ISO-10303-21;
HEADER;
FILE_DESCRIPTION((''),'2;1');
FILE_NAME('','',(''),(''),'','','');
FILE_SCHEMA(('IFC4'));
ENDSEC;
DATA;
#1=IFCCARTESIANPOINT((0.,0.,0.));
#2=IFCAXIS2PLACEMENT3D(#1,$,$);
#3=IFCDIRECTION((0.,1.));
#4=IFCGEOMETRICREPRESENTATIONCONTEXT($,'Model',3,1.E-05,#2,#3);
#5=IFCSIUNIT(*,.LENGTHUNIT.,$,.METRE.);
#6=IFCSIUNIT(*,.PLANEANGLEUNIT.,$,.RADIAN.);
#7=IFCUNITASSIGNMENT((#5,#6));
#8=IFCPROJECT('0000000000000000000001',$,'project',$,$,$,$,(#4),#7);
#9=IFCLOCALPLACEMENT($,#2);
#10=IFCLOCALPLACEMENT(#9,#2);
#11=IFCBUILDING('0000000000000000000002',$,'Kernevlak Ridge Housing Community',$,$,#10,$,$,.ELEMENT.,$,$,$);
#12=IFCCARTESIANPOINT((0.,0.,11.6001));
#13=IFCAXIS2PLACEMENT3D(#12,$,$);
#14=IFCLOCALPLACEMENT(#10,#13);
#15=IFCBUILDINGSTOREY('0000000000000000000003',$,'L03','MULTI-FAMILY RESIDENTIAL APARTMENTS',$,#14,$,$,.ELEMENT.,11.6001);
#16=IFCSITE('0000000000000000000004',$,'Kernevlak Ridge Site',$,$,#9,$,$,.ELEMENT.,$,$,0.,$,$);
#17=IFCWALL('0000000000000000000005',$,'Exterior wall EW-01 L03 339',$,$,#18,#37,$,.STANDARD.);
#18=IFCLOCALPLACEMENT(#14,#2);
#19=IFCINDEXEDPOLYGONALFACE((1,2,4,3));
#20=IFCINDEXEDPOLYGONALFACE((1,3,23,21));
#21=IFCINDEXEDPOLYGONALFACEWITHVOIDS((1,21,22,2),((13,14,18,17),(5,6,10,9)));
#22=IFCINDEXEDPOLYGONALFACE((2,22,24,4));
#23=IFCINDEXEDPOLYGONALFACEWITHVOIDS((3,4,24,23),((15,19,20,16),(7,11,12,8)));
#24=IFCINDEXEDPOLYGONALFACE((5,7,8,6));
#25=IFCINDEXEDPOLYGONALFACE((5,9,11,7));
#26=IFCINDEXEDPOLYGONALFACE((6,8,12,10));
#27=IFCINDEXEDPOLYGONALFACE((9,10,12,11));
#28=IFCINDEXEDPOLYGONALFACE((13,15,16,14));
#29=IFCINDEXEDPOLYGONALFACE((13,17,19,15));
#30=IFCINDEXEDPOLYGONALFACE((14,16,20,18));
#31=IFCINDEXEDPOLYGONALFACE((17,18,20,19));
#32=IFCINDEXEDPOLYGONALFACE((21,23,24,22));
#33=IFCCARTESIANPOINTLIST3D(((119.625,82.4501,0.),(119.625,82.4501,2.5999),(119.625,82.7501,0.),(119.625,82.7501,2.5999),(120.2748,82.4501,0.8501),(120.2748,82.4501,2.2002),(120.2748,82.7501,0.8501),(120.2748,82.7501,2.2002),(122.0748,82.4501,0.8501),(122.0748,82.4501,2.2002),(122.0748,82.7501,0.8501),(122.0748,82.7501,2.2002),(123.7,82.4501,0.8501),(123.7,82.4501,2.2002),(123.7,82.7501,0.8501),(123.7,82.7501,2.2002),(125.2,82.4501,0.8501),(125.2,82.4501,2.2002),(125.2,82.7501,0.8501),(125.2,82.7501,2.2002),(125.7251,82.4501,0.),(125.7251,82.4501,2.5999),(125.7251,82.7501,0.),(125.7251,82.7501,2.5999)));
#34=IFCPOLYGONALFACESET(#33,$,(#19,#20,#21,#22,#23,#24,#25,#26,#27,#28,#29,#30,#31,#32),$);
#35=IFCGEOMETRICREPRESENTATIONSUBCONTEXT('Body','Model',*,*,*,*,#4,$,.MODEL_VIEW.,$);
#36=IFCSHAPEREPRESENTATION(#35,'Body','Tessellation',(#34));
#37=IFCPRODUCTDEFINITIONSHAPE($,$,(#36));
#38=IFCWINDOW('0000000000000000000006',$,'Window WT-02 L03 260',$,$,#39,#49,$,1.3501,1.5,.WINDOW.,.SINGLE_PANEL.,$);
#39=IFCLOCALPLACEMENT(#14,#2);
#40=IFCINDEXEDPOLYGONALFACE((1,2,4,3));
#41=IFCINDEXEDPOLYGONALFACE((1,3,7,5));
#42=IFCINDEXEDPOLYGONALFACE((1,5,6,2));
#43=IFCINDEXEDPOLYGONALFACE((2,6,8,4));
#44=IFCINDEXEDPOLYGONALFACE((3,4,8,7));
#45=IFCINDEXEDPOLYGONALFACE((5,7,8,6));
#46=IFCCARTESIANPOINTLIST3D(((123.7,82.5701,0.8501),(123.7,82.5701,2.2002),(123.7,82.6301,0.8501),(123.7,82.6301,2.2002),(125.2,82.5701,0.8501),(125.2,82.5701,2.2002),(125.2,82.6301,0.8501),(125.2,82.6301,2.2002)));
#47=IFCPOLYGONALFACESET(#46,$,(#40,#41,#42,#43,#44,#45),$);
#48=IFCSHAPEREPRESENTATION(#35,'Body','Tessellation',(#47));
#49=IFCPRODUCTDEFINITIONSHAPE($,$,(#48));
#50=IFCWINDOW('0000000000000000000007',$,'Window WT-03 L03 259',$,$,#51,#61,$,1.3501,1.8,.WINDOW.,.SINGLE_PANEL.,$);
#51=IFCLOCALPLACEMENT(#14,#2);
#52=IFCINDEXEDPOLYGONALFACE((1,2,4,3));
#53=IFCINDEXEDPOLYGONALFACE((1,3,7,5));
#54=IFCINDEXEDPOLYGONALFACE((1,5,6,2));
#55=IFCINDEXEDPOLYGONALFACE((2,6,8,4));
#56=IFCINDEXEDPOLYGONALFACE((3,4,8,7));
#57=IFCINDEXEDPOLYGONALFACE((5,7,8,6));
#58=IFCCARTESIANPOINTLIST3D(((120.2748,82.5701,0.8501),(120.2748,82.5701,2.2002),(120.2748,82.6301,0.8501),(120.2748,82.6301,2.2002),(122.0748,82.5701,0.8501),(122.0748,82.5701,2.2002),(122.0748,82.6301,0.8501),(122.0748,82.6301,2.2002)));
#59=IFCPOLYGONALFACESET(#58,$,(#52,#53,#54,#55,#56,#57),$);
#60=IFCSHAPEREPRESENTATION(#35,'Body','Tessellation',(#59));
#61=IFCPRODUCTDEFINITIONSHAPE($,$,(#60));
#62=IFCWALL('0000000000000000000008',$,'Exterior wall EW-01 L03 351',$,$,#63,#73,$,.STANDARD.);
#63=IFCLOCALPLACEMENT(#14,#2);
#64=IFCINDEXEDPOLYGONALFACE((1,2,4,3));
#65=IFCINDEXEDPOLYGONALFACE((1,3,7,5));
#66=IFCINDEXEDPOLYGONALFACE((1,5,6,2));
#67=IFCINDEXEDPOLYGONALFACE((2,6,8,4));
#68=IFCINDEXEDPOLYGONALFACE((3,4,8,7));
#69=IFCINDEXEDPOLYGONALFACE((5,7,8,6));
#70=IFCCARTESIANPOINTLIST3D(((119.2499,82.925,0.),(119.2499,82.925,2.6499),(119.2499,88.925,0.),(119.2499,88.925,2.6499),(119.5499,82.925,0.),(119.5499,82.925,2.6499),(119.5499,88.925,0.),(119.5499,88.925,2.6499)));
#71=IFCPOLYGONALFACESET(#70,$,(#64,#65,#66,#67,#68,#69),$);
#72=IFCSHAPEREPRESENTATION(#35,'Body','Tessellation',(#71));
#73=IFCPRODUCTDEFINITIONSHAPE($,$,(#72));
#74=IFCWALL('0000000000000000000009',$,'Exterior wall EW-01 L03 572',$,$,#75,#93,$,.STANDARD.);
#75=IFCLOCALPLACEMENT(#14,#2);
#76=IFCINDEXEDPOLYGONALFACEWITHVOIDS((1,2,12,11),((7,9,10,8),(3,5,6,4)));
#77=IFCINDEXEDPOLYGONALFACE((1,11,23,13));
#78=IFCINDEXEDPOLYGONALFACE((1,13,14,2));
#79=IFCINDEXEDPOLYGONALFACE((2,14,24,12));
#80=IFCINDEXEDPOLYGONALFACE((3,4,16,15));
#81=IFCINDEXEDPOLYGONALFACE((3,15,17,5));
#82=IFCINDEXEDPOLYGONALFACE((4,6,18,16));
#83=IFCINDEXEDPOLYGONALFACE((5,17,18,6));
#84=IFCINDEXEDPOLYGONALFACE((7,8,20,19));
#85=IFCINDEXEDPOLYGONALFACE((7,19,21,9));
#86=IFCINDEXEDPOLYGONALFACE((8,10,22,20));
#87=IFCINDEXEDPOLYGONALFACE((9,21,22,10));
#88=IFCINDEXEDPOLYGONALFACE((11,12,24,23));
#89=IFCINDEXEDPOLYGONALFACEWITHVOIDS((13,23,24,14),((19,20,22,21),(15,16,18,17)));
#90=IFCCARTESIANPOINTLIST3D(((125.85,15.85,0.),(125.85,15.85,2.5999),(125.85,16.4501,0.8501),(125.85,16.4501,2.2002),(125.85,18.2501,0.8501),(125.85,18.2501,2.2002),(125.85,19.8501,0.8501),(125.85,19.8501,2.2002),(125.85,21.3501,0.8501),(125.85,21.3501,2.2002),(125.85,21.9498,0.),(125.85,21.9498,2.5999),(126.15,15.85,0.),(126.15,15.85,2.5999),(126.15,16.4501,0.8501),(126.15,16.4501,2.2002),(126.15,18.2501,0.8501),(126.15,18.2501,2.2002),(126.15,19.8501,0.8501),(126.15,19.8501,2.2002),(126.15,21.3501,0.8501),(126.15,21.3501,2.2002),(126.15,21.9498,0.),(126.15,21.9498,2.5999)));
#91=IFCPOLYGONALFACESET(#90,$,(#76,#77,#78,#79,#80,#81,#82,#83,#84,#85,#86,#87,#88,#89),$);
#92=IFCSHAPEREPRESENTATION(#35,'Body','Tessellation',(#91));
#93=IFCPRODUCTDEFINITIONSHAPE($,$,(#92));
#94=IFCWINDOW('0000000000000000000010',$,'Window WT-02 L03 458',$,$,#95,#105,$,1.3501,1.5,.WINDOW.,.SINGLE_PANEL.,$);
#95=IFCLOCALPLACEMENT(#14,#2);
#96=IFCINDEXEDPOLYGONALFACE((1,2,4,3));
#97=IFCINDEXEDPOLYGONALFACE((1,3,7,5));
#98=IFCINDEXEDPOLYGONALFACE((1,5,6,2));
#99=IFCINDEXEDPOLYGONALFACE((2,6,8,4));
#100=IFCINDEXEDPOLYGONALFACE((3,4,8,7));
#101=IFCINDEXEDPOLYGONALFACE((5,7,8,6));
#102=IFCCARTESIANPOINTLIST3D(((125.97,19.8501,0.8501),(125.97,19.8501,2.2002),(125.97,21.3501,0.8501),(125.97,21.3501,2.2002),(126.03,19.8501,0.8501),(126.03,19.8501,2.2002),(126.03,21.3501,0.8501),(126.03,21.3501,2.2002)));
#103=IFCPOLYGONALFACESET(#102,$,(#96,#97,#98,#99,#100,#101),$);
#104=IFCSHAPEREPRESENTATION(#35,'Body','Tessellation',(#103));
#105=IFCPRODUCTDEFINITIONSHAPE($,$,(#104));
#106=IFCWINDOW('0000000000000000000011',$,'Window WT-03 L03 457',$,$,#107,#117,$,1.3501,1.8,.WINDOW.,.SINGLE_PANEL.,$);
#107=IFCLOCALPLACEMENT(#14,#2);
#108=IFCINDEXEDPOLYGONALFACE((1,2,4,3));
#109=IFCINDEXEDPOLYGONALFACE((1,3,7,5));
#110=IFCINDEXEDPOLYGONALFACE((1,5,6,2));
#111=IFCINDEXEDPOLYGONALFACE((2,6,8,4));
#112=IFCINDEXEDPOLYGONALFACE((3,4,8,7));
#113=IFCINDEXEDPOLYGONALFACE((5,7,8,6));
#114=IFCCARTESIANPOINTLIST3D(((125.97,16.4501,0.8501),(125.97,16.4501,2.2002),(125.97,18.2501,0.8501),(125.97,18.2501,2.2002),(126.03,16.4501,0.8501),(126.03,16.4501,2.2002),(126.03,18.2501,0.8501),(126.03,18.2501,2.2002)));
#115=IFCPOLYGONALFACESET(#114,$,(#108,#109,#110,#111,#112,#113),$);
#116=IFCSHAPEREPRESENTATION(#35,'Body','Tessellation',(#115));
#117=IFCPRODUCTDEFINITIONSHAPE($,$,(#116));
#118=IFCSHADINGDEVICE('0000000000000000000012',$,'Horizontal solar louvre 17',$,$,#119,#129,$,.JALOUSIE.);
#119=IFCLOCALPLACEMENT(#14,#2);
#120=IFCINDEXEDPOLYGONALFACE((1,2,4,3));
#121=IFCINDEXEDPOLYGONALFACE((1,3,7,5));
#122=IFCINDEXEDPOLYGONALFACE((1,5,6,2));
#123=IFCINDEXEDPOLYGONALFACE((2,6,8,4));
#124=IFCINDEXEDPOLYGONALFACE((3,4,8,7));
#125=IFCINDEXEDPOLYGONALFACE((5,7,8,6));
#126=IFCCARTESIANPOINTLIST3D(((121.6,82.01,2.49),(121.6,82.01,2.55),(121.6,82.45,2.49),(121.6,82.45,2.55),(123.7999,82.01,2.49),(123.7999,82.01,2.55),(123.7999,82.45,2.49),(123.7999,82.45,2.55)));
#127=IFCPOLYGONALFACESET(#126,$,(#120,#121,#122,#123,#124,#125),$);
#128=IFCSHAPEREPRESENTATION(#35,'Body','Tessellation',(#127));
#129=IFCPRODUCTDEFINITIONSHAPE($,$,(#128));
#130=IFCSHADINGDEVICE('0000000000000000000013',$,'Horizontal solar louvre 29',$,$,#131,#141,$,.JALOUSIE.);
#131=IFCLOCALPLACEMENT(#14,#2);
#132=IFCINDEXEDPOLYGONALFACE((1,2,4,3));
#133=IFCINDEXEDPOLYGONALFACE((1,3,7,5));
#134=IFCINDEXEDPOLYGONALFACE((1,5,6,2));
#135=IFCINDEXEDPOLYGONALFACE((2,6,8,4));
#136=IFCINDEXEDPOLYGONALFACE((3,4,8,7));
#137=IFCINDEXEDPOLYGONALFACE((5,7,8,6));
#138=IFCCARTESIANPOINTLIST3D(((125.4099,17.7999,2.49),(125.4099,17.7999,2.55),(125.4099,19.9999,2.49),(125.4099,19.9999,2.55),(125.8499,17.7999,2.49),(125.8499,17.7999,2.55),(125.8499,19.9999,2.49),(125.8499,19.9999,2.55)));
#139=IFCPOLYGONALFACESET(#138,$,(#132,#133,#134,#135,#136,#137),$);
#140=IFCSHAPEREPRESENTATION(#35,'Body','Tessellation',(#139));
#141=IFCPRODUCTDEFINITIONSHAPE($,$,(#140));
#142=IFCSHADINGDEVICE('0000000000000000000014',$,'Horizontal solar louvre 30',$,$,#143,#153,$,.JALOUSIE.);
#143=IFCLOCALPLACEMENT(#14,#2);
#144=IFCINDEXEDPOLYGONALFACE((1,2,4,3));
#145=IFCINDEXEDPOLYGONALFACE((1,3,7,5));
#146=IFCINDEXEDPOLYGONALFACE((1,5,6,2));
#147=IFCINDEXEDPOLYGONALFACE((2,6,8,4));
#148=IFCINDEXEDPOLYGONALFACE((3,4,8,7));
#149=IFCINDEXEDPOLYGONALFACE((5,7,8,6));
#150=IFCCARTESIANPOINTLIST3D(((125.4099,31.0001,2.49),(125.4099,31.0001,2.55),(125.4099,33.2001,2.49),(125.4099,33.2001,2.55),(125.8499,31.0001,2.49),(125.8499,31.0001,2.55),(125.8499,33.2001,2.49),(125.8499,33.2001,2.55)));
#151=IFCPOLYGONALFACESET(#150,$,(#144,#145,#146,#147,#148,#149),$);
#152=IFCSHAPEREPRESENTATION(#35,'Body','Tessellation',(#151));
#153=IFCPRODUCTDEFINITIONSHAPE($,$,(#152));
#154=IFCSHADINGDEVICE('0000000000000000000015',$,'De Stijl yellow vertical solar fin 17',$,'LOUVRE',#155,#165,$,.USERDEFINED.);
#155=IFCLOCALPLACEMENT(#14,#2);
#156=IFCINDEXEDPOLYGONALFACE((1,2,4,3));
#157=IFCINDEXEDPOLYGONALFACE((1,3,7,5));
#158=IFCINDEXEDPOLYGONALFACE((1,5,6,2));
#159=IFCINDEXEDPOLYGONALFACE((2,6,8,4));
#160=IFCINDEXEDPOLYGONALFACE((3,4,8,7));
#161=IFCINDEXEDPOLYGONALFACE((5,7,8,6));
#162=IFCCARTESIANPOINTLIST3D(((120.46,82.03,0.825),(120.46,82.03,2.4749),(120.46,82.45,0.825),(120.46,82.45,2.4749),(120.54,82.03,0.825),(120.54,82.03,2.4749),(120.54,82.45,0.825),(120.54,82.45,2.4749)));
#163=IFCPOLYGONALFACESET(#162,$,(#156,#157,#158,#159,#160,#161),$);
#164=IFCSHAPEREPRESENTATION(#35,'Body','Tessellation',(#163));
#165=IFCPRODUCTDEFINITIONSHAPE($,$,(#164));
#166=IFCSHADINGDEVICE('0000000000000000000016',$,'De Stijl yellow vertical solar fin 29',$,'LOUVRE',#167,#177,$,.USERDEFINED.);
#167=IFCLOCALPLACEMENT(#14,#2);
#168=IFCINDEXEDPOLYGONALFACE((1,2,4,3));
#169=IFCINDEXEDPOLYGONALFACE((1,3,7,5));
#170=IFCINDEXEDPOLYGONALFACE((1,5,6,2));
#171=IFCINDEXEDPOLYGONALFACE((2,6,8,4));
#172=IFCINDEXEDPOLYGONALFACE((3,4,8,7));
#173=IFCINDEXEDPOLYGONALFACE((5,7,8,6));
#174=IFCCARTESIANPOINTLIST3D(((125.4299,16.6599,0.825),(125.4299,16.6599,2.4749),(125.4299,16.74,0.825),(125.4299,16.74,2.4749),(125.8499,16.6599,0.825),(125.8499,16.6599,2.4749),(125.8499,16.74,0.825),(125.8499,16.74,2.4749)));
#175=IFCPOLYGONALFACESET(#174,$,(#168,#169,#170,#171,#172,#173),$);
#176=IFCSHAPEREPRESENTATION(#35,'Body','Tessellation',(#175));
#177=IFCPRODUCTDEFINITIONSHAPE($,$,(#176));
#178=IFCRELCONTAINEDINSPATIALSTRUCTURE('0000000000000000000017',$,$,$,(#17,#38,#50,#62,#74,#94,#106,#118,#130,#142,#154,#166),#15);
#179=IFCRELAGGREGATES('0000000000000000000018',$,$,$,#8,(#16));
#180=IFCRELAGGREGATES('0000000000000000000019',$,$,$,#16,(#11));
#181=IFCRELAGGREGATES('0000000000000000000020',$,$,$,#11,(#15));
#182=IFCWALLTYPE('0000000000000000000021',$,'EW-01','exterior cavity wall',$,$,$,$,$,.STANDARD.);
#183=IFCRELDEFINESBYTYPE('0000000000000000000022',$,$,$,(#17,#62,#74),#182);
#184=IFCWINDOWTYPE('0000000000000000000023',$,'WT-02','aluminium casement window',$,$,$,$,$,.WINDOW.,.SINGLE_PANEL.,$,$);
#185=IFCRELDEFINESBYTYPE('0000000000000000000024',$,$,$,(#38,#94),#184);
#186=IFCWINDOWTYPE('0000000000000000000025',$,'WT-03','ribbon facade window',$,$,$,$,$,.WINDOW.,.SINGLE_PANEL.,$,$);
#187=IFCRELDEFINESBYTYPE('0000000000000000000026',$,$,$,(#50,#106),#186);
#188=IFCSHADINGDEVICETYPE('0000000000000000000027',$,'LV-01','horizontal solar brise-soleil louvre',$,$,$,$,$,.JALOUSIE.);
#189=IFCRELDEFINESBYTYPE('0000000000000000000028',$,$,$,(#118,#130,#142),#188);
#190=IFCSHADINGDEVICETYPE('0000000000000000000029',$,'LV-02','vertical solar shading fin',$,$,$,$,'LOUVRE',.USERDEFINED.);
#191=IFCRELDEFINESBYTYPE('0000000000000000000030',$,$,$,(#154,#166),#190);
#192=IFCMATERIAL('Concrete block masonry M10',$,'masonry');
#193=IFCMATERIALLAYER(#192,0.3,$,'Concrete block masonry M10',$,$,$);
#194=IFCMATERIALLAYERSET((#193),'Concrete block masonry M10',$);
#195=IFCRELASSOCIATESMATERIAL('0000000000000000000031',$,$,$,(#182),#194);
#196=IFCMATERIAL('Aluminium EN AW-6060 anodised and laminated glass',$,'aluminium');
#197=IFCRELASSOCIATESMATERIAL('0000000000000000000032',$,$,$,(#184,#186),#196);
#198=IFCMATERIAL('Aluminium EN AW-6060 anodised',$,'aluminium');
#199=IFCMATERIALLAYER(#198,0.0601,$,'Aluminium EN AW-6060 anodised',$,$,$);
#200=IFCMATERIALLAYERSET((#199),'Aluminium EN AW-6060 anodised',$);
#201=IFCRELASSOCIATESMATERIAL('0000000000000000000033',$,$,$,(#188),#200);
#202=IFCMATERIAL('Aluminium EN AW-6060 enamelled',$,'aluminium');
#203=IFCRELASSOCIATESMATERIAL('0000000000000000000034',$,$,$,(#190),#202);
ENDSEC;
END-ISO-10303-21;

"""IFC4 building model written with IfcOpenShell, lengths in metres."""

from ifc_helpers import new_model, si_unit, direction, frame, frame_2d, origin, origin_2d, place, context, subcontext, project, spatial, rectangle, extrude, material, layer, layer_set, type_object, element, fill, save


model = new_model("IFC4")

# Units and contexts
model_context = context("Model", 3, precision=1e-05, world=origin(), true_north=direction((0.0, 1.0)))
body_context = subcontext(model_context, "Body", "Model", "MODEL_VIEW")
ifc_project = project(units=[si_unit("LENGTHUNIT", "METRE"), si_unit("PLANEANGLEUNIT", "RADIAN")], contexts=[model_context])

# Site, building, storey
site_placement = place(None, origin())
site = spatial("IfcSite", under=ifc_project, at=site_placement, Name="Kernevlak Ridge Site", CompositionType="ELEMENT", RefElevation=0.0)
building_placement = place(site_placement, origin())
building = spatial("IfcBuilding", under=site, at=building_placement, Name="Kernevlak Ridge Housing Community", CompositionType="ELEMENT")
storey_placement = place(building_placement, frame((0.0, 0.0, 11.6001)))
storey = spatial("IfcBuildingStorey", under=building, at=storey_placement, Name="L03", Description="MULTI-FAMILY RESIDENTIAL APARTMENTS", CompositionType="ELEMENT", Elevation=11.6001)

# Shared definitions
ifc_material_1 = material(Name="Aluminium EN AW-6060 anodised and laminated glass", Category="aluminium")
ifc_material_2 = material(Name="Aluminium EN AW-6060 anodised", Category="aluminium")

# Wall, openings, windows
ifc_material_3 = material(Name="Concrete block masonry M10", Category="masonry")
ifc_layer_1 = layer(ifc_material_3, 0.3, Name="Concrete block masonry M10")
ifc_layer_set_1 = layer_set([ifc_layer_1], Name="Concrete block masonry M10")
wall_type = type_object("IfcWallType", Name="EW-01", Description="exterior cavity wall", PredefinedType="STANDARD", material=ifc_layer_set_1)
wall_1_placement = place(storey_placement, frame((119.625, 82.6001, 0.0), z_axis=(0.0, 0.0, 1.0), x_axis=(1.0, 0.0, 0.0)))
wall_1 = element("IfcWall", 1, at=wall_1_placement, inside=storey, type_object=wall_type, Name="Exterior wall EW-01 L03 339", PredefinedType="STANDARD", context=body_context, shape_type="SweptSolid", body=[
    extrude(rectangle(XDim=6.1001, YDim=0.3, at=frame_2d((3.05, 0.0))), origin(), (0.0, 0.0, 1.0), 2.5999),
])
opening_1_placement = place(wall_1_placement, frame((0.6499, 0.0, 0.8501)))
opening_1 = element("IfcOpeningElement", 2, at=opening_1_placement, cuts=wall_1, PredefinedType="OPENING", context=body_context, shape_type="SweptSolid", body=[
    extrude(rectangle(XDim=1.8, YDim=1.3501, at=frame_2d((0.8999, 0.675))), frame((0.0, 0.1599, 0.0), z_axis=(0.0, -1.0, 0.0), x_axis=(1.0, 0.0, 0.0)), (0.0, 0.0, 1.0), 0.3201),
])
opening_2_placement = place(wall_1_placement, frame((4.075, 0.0, 0.8501)))
opening_2 = element("IfcOpeningElement", 3, at=opening_2_placement, cuts=wall_1, PredefinedType="OPENING", context=body_context, shape_type="SweptSolid", body=[
    extrude(rectangle(XDim=1.5, YDim=1.3501, at=frame_2d((0.75, 0.675))), frame((0.0, 0.1599, 0.0), z_axis=(0.0, -1.0, 0.0), x_axis=(1.0, 0.0, 0.0)), (0.0, 0.0, 1.0), 0.3201),
])
window_type_1 = type_object("IfcWindowType", Name="WT-02", Description="aluminium casement window", PartitioningType="SINGLE_PANEL", PredefinedType="WINDOW", material=ifc_material_1)
window_1_placement = place(opening_2_placement, origin())
window_1 = element("IfcWindow", 4, at=window_1_placement, inside=storey, type_object=window_type_1, Name="Window WT-02 L03 260", OverallHeight=1.3501, OverallWidth=1.5, PartitioningType="SINGLE_PANEL", PredefinedType="WINDOW", context=body_context, shape_type="SweptSolid", body=[
    extrude(rectangle(XDim=1.5, YDim=1.3501, at=frame_2d((0.75, 0.675))), frame((0.0, 0.03, 0.0), z_axis=(0.0, -1.0, 0.0), x_axis=(1.0, 0.0, 0.0)), (0.0, 0.0, 1.0), 0.0601),
])
fill(opening_2, window_1)
window_type_2 = type_object("IfcWindowType", Name="WT-03", Description="ribbon facade window", PartitioningType="SINGLE_PANEL", PredefinedType="WINDOW", material=ifc_material_1)
window_2_placement = place(opening_1_placement, origin())
window_2 = element("IfcWindow", 5, at=window_2_placement, inside=storey, type_object=window_type_2, Name="Window WT-03 L03 259", OverallHeight=1.3501, OverallWidth=1.8, PartitioningType="SINGLE_PANEL", PredefinedType="WINDOW", context=body_context, shape_type="SweptSolid", body=[
    extrude(rectangle(XDim=1.8, YDim=1.3501, at=frame_2d((0.8999, 0.675))), frame((0.0, 0.03, 0.0), z_axis=(0.0, -1.0, 0.0), x_axis=(1.0, 0.0, 0.0)), (0.0, 0.0, 1.0), 0.0601),
])
fill(opening_1, window_2)

# Wall
wall_2_placement = place(storey_placement, frame((119.3999, 82.925, 0.0), z_axis=(0.0, 0.0, 1.0), x_axis=(0.0, 1.0, 0.0)))
element("IfcWall", 6, at=wall_2_placement, inside=storey, type_object=wall_type, Name="Exterior wall EW-01 L03 351", PredefinedType="STANDARD", context=body_context, shape_type="SweptSolid", body=[
    extrude(rectangle(XDim=6.0, YDim=0.3, at=frame_2d((3.0, 0.0))), origin(), (0.0, 0.0, 1.0), 2.6499),
])

# Wall, openings, windows
wall_3_placement = place(storey_placement, frame((126.0, 15.8501, 0.0), z_axis=(0.0, 0.0, 1.0), x_axis=(0.0, 1.0, 0.0)))
wall_3 = element("IfcWall", 7, at=wall_3_placement, inside=storey, type_object=wall_type, Name="Exterior wall EW-01 L03 572", PredefinedType="STANDARD", context=body_context, shape_type="SweptSolid", body=[
    extrude(rectangle(XDim=6.0999, YDim=0.3, at=frame_2d((3.0498, 0.0))), origin(), (0.0, 0.0, 1.0), 2.5999),
])
opening_3_placement = place(wall_3_placement, frame((0.6001, 0.0, 0.8501)))
opening_3 = element("IfcOpeningElement", 8, at=opening_3_placement, cuts=wall_3, PredefinedType="OPENING", context=body_context, shape_type="SweptSolid", body=[
    extrude(rectangle(XDim=1.8, YDim=1.3501, at=frame_2d((0.8999, 0.675))), frame((0.0, 0.1599, 0.0), z_axis=(0.0, -1.0, 0.0), x_axis=(1.0, 0.0, 0.0)), (0.0, 0.0, 1.0), 0.3201),
])
opening_4_placement = place(wall_3_placement, frame((4.0, 0.0, 0.8501)))
opening_4 = element("IfcOpeningElement", 9, at=opening_4_placement, cuts=wall_3, PredefinedType="OPENING", context=body_context, shape_type="SweptSolid", body=[
    extrude(rectangle(XDim=1.5, YDim=1.3501, at=frame_2d((0.75, 0.675))), frame((0.0, 0.1599, 0.0), z_axis=(0.0, -1.0, 0.0), x_axis=(1.0, 0.0, 0.0)), (0.0, 0.0, 1.0), 0.3201),
])
window_3_placement = place(opening_4_placement, origin())
window_3 = element("IfcWindow", 10, at=window_3_placement, inside=storey, type_object=window_type_1, Name="Window WT-02 L03 458", OverallHeight=1.3501, OverallWidth=1.5, PartitioningType="SINGLE_PANEL", PredefinedType="WINDOW", context=body_context, shape_type="SweptSolid", body=[
    extrude(rectangle(XDim=1.5, YDim=1.3501, at=frame_2d((0.75, 0.675))), frame((0.0, 0.03, 0.0), z_axis=(0.0, -1.0, 0.0), x_axis=(1.0, 0.0, 0.0)), (0.0, 0.0, 1.0), 0.0601),
])
fill(opening_4, window_3)
window_4_placement = place(opening_3_placement, origin())
window_4 = element("IfcWindow", 11, at=window_4_placement, inside=storey, type_object=window_type_2, Name="Window WT-03 L03 457", OverallHeight=1.3501, OverallWidth=1.8, PartitioningType="SINGLE_PANEL", PredefinedType="WINDOW", context=body_context, shape_type="SweptSolid", body=[
    extrude(rectangle(XDim=1.8, YDim=1.3501, at=frame_2d((0.8999, 0.675))), frame((0.0, 0.03, 0.0), z_axis=(0.0, -1.0, 0.0), x_axis=(1.0, 0.0, 0.0)), (0.0, 0.0, 1.0), 0.0601),
])
fill(opening_3, window_4)

# Shading devices
ifc_layer_2 = layer(ifc_material_2, 0.0601, Name="Aluminium EN AW-6060 anodised")
ifc_layer_set_2 = layer_set([ifc_layer_2], Name="Aluminium EN AW-6060 anodised")
shading_device_type_1 = type_object("IfcShadingDeviceType", Name="LV-01", Description="horizontal solar brise-soleil louvre", PredefinedType="JALOUSIE", material=ifc_layer_set_2)
for number, where, z_axis, x_axis, name in (
    (12, (122.7, 82.23, 2.49), (0.0, 0.0, 1.0), (1.0, 0.0, 0.0), "Horizontal solar louvre 17"),
    (13, (125.6299, 18.8999, 2.49), (0.0, 0.0, 1.0), (0.0, 1.0, 0.0), "Horizontal solar louvre 29"),
    (14, (125.6299, 32.1001, 2.49), (0.0, 0.0, 1.0), (0.0, 1.0, 0.0), "Horizontal solar louvre 30"),
):
    element("IfcShadingDevice", number, at=place(storey_placement, frame(where, z_axis=z_axis, x_axis=x_axis)), inside=storey, type_object=shading_device_type_1, Name=name, PredefinedType="JALOUSIE", context=body_context, shape_type="SweptSolid", body=[
        extrude(rectangle(XDim=2.2, YDim=0.4399, at=origin_2d()), origin(), (0.0, 0.0, 1.0), 0.0601),
    ])
ifc_material_4 = material(Name="Aluminium EN AW-6060 enamelled", Category="aluminium")
shading_device_type_2 = type_object("IfcShadingDeviceType", Name="LV-02", Description="vertical solar shading fin", ElementType="LOUVRE", PredefinedType="USERDEFINED", material=ifc_material_4)
for number, where, z_axis, x_axis, name in (
    (15, (120.5, 82.24, 0.825), (0.0, 0.0, 1.0), (1.0, 0.0, 0.0), "De Stijl yellow vertical solar fin 17"),
    (16, (125.6399, 16.7, 0.825), (0.0, 0.0, 1.0), (0.0, 1.0, 0.0), "De Stijl yellow vertical solar fin 29"),
):
    element("IfcShadingDevice", number, at=place(storey_placement, frame(where, z_axis=z_axis, x_axis=x_axis)), inside=storey, type_object=shading_device_type_2, Name=name, ObjectType="LOUVRE", PredefinedType="USERDEFINED", context=body_context, shape_type="SweptSolid", body=[
        extrude(rectangle(XDim=0.0801, YDim=0.4199, at=origin_2d()), origin(), (0.0, 0.0, 1.0), 1.6499),
    ])

save(model, "model.ifc")
